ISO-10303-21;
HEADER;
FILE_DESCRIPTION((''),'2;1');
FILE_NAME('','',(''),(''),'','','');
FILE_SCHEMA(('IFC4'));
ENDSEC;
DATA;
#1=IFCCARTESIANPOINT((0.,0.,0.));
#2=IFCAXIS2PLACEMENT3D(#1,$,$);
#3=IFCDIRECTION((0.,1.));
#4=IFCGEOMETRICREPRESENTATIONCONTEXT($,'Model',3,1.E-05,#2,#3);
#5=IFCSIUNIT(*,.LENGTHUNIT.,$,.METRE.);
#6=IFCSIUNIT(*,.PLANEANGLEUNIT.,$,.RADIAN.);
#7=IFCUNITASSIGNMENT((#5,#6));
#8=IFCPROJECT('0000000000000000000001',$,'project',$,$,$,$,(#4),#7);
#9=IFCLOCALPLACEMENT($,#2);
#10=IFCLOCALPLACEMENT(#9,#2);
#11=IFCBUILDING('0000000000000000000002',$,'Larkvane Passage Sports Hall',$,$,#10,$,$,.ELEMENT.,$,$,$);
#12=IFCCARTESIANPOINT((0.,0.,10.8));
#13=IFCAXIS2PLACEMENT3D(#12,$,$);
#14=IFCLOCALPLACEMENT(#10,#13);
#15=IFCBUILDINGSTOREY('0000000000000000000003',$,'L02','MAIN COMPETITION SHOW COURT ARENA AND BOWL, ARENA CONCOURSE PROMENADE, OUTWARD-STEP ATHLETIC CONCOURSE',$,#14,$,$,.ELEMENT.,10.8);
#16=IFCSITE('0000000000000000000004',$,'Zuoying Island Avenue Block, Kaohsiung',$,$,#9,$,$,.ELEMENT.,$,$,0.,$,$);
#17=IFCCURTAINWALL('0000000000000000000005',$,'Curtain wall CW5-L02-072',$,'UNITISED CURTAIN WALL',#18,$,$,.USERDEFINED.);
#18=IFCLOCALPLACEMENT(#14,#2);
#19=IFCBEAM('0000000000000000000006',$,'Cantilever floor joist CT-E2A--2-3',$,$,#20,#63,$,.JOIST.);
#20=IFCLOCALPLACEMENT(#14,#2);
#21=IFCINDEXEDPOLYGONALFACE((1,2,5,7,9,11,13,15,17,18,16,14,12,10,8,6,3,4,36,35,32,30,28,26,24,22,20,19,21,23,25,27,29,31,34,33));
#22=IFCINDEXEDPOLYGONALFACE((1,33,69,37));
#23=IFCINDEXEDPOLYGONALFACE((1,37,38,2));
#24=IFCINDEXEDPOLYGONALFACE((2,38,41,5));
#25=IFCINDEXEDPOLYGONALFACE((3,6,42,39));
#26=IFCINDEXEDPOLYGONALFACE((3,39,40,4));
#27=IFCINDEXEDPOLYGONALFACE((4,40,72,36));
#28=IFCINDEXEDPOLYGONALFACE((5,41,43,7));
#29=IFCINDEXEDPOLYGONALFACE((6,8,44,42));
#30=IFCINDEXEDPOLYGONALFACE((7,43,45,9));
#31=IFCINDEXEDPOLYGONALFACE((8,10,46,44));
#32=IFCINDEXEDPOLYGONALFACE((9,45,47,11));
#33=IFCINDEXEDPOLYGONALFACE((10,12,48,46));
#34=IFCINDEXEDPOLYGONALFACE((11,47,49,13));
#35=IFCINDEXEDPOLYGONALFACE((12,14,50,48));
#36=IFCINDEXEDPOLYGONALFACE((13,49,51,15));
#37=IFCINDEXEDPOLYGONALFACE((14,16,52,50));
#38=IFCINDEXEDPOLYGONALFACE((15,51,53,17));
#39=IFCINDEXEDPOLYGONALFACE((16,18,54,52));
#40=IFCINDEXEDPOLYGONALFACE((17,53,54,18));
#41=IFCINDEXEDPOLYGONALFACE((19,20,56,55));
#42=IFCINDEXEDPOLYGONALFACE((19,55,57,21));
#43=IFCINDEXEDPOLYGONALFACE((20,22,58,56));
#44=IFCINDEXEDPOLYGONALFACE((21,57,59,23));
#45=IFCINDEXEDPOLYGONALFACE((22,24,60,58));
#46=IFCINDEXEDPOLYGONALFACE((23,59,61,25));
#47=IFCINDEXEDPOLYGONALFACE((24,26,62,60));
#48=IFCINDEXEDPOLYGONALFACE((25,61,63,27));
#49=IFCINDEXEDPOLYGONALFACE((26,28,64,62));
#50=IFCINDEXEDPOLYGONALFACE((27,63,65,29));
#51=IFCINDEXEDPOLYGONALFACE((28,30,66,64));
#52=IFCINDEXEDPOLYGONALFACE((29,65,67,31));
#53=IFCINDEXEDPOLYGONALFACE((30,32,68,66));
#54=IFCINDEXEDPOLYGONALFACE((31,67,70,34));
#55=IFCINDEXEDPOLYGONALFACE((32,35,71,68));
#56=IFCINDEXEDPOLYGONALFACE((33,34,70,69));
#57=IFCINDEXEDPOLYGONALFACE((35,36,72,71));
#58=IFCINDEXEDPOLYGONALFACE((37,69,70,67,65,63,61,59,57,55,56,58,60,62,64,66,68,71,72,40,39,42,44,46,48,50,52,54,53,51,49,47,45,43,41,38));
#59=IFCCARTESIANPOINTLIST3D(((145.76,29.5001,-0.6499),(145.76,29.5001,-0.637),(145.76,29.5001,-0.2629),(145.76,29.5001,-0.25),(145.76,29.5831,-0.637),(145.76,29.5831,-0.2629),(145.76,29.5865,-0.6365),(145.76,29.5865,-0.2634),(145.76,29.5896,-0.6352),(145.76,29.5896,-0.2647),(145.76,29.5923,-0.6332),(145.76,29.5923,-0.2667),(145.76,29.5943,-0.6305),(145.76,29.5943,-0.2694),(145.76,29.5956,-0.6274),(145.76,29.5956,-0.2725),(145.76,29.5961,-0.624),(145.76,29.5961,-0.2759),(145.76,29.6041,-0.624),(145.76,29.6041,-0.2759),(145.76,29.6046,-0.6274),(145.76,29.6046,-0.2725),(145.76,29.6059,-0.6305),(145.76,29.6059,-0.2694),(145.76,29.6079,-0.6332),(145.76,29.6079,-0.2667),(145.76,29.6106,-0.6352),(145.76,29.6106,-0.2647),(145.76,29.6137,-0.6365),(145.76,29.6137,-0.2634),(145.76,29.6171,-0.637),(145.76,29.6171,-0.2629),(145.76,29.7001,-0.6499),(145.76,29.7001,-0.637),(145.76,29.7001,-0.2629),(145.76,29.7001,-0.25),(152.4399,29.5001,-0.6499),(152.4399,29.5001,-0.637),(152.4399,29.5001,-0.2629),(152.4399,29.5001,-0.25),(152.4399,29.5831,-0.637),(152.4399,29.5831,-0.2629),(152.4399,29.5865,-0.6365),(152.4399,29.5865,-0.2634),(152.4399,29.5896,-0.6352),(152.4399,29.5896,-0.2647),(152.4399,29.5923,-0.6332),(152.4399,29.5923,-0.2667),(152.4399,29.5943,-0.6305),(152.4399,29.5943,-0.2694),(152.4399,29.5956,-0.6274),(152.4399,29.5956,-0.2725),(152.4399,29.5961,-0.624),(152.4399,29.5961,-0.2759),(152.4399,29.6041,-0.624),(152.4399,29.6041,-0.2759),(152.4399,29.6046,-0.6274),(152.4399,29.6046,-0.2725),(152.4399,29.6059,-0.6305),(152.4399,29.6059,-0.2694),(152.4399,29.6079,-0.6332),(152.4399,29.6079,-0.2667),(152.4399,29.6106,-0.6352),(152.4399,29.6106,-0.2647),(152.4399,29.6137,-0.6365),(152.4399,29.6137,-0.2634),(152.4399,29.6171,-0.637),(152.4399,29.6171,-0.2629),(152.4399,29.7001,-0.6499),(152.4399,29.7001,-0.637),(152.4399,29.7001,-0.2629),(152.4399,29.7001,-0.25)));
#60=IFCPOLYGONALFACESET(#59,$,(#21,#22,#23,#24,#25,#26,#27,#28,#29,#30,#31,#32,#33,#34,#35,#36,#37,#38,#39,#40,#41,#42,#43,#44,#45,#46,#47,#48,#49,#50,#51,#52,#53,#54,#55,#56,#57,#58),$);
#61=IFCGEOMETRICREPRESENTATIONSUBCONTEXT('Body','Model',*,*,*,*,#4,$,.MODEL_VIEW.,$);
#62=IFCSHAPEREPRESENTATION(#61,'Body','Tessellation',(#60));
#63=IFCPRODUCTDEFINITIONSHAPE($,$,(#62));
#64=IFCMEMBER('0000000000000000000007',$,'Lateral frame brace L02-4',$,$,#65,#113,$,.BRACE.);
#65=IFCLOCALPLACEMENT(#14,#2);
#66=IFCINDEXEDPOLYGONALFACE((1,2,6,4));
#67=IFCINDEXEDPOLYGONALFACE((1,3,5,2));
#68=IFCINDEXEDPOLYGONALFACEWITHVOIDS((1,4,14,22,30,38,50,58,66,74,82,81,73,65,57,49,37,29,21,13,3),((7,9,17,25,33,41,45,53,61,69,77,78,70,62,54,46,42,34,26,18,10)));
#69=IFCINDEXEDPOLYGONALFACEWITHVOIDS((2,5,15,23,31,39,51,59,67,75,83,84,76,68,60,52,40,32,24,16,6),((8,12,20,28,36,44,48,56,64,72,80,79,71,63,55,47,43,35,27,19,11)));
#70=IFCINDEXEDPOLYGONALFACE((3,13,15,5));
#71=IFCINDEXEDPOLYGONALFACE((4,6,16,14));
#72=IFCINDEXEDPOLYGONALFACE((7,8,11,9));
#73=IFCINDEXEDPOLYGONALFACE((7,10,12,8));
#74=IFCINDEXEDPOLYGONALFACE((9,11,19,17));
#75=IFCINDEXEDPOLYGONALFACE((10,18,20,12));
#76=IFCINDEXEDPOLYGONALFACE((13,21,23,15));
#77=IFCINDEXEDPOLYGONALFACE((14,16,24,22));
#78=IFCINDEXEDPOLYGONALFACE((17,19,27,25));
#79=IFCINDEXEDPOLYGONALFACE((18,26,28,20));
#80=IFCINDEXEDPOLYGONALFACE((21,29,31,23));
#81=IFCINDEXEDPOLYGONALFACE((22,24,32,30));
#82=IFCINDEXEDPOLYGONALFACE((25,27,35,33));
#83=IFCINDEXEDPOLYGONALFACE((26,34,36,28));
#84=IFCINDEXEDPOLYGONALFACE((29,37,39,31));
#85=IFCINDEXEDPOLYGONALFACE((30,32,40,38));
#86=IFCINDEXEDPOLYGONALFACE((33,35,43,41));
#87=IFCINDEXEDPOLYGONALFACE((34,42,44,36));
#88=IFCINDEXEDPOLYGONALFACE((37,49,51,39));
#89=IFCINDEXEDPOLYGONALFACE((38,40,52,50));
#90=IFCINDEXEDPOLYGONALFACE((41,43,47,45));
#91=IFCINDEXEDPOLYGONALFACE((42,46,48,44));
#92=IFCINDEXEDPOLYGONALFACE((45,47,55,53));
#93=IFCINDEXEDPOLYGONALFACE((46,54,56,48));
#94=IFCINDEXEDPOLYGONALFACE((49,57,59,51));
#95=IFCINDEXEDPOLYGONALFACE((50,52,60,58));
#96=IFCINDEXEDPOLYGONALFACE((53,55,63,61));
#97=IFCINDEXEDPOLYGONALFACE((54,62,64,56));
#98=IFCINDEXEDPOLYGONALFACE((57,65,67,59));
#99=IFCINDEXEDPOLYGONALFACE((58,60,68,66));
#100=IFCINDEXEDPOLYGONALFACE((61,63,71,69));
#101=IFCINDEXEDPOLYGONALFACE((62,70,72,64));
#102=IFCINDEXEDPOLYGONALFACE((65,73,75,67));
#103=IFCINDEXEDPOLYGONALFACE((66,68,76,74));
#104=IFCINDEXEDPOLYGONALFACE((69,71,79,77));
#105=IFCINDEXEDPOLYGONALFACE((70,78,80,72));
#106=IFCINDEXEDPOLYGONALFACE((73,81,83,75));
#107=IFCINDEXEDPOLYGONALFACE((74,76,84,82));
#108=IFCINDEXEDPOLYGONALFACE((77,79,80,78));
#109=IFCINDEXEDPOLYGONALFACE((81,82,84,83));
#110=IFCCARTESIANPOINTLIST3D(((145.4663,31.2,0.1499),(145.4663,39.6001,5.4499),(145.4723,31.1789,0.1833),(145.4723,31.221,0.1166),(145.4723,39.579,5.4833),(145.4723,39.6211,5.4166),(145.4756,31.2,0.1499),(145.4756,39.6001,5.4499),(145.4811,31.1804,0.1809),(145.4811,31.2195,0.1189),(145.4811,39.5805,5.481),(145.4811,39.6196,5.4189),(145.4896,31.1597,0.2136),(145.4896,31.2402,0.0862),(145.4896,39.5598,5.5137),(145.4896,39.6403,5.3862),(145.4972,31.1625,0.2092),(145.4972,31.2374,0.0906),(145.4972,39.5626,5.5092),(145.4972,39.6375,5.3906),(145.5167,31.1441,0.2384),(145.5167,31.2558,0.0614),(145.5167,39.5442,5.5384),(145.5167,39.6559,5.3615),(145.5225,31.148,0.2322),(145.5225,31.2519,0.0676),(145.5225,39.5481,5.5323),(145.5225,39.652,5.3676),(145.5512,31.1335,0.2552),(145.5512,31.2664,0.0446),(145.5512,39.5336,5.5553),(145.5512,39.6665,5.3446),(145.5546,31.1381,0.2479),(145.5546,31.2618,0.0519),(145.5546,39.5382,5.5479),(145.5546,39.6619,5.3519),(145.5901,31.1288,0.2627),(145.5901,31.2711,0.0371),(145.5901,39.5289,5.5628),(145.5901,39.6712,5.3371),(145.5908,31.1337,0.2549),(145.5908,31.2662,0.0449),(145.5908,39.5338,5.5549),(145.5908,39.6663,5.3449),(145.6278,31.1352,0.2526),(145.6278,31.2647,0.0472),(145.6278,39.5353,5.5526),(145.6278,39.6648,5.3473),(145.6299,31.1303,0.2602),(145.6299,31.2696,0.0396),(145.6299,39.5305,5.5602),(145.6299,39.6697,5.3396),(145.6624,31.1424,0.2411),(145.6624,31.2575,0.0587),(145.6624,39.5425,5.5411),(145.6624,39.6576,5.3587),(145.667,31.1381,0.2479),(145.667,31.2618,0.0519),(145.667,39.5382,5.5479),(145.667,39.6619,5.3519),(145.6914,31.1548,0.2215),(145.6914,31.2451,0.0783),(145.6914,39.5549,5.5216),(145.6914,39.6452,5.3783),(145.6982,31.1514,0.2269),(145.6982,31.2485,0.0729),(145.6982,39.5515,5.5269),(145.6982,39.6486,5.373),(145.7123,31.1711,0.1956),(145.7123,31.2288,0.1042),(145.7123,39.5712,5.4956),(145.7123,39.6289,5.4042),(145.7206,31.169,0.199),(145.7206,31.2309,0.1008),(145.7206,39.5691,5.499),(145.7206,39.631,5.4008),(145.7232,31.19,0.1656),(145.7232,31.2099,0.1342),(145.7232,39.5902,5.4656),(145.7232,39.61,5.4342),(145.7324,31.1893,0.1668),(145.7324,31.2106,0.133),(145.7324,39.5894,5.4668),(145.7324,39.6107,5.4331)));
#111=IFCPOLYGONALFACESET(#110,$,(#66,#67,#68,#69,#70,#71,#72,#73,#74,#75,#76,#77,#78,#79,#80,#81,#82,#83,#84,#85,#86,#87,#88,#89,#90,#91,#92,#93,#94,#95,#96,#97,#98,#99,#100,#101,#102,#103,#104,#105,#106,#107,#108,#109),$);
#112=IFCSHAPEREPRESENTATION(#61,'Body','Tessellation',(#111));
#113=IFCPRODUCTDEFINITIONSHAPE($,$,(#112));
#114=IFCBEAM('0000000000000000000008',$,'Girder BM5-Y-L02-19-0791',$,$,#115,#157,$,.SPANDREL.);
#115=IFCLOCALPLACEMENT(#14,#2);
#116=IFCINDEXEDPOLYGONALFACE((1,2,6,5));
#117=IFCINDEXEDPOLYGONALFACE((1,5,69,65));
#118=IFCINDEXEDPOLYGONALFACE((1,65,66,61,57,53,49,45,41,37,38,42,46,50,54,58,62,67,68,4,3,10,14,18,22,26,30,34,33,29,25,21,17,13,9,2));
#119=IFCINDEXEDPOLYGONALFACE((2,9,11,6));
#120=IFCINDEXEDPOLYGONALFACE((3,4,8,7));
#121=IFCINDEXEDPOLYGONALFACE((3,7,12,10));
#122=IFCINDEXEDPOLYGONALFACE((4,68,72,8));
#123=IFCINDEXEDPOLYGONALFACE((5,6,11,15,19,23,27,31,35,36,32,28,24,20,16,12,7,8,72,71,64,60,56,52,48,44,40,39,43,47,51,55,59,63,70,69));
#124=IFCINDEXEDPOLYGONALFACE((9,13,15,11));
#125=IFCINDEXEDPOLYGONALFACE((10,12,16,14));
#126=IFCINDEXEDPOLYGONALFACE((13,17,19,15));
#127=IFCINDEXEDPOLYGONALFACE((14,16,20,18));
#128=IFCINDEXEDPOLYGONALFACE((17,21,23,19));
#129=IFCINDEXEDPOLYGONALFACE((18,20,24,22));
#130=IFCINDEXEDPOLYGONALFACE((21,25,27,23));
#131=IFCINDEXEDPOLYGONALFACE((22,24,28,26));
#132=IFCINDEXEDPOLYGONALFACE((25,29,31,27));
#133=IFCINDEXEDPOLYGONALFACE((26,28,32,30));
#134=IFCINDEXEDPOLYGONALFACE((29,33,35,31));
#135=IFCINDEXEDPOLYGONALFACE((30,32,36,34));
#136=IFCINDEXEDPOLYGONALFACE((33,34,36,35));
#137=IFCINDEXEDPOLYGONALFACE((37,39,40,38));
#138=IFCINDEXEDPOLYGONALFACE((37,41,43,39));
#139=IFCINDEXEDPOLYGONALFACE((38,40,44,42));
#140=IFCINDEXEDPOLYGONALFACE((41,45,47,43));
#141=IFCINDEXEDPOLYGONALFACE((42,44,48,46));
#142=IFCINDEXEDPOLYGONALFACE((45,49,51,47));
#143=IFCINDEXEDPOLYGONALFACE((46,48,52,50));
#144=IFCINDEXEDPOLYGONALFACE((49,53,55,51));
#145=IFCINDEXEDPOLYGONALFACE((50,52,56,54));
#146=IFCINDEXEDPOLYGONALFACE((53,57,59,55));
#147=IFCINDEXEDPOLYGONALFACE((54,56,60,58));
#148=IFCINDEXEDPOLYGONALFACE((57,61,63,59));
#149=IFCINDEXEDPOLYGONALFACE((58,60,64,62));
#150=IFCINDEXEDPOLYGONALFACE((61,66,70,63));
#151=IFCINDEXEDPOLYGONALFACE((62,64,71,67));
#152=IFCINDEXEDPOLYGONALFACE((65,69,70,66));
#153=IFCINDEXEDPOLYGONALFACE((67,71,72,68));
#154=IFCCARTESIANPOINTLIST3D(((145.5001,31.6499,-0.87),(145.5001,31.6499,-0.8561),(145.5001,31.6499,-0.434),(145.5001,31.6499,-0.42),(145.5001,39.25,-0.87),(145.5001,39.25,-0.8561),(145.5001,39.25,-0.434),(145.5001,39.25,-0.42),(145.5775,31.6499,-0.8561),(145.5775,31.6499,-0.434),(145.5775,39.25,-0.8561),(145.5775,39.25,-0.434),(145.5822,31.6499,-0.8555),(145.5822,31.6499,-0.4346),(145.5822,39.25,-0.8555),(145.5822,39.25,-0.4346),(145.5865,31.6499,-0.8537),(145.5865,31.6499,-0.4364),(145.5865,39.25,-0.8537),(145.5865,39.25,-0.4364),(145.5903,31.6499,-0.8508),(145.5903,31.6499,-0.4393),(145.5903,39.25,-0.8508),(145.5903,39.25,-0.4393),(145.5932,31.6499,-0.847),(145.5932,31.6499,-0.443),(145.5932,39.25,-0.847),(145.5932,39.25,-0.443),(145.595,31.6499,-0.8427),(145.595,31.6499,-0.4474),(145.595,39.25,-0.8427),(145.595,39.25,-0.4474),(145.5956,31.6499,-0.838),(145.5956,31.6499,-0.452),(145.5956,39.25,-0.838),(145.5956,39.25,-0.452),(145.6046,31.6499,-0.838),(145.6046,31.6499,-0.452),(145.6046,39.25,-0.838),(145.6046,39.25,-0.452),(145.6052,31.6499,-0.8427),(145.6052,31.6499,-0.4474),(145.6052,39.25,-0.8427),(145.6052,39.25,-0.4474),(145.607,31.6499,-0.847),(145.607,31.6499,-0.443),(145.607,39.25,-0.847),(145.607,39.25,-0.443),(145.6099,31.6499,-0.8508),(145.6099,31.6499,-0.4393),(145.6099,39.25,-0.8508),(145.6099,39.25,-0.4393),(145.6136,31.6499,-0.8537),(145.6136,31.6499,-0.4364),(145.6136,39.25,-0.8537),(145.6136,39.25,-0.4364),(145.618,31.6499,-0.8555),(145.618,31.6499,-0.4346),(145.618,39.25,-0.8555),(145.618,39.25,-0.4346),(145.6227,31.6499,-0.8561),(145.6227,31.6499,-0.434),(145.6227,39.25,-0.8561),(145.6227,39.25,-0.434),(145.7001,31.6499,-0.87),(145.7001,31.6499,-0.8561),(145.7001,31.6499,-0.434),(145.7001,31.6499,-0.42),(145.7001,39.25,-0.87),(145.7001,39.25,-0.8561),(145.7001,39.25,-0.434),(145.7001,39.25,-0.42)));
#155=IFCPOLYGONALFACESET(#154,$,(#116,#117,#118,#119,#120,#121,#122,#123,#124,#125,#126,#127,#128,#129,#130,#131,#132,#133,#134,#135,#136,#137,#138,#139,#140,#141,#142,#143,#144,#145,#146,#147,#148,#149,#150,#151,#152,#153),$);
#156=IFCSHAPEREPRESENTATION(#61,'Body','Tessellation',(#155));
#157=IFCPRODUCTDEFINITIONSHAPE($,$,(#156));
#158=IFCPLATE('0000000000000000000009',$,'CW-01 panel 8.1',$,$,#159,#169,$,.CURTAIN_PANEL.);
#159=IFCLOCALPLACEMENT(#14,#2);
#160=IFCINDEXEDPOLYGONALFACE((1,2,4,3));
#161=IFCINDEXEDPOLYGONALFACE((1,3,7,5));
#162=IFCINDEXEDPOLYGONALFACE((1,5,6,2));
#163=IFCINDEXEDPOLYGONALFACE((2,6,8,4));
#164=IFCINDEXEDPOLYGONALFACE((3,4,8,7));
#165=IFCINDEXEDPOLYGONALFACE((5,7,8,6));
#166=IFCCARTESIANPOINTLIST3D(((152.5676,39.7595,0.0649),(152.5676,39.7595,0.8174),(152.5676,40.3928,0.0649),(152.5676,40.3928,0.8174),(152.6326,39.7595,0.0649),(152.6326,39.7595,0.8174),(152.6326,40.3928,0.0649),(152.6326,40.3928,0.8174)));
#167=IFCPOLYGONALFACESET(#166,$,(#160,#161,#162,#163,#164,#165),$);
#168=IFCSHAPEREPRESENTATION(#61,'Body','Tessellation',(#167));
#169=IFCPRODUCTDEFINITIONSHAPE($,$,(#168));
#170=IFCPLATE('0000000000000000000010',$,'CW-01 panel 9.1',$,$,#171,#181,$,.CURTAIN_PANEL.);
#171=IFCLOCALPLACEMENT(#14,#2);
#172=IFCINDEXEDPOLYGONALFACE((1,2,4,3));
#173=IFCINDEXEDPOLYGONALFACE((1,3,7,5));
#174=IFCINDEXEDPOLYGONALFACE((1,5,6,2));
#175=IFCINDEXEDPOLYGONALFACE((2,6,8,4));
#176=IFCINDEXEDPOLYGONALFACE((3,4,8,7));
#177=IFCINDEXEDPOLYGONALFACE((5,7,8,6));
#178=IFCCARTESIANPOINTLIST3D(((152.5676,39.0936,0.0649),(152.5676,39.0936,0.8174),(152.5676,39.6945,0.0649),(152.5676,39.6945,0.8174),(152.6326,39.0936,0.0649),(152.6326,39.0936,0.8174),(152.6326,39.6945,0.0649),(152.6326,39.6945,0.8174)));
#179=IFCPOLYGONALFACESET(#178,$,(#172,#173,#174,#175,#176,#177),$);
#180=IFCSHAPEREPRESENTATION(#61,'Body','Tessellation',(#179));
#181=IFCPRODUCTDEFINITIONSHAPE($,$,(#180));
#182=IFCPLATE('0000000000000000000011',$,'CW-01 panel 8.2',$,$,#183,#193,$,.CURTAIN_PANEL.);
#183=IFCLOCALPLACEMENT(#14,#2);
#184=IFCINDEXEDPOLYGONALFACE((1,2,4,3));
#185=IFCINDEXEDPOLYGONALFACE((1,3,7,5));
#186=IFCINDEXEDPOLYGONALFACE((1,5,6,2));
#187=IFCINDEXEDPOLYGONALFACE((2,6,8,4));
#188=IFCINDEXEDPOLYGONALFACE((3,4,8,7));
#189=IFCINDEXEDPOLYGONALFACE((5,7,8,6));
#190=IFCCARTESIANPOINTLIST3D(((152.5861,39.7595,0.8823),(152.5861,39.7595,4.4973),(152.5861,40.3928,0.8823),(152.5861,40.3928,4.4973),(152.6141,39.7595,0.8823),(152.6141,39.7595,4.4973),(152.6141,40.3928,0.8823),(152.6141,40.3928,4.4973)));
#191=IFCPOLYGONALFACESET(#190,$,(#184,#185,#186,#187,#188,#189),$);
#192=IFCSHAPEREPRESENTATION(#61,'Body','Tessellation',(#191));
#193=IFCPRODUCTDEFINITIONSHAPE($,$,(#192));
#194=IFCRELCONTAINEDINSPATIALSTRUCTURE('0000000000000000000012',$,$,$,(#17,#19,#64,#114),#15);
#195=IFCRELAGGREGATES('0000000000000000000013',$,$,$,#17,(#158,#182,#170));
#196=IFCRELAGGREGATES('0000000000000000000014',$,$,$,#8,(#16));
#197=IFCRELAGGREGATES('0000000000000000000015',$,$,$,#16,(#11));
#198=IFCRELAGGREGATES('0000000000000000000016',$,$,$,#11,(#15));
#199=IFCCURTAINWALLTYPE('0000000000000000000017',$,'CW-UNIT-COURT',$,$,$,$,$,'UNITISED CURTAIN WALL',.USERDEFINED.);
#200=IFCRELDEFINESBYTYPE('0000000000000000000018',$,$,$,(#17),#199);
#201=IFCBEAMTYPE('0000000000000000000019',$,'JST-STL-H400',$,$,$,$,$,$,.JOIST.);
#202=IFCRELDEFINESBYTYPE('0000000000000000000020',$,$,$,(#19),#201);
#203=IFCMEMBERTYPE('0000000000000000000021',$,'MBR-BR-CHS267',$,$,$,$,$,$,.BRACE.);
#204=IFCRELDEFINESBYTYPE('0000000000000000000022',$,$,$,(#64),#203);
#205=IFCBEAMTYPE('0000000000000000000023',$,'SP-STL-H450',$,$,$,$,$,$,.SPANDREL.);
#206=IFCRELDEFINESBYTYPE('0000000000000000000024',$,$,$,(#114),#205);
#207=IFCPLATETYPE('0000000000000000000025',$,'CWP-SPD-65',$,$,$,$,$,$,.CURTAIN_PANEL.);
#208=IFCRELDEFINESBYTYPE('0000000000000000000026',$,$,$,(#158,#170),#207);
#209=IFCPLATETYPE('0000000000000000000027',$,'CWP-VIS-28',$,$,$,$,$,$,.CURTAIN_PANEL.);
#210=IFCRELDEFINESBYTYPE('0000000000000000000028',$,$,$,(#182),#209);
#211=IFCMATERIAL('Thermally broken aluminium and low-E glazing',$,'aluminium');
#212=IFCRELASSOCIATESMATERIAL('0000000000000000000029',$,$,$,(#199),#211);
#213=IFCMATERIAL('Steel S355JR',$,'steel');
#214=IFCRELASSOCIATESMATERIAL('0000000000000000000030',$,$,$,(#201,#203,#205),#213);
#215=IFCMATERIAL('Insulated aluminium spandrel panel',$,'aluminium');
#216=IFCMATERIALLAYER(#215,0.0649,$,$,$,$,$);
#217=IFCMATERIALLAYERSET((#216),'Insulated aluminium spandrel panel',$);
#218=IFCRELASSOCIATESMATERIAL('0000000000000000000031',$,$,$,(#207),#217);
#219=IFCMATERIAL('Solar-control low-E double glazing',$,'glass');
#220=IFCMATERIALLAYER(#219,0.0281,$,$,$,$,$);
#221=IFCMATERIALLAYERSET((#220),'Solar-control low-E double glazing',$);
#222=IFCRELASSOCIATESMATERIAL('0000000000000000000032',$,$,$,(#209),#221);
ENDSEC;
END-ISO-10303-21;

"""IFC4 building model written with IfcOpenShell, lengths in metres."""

from ifc_helpers import new_model, si_unit, direction, frame, origin, origin_2d, place, context, subcontext, project, spatial, rectangle, hollow_circle, i_section, extrude, material, layer, layer_set, material_profile, profile_set, type_object, element, aggregate, save


model = new_model("IFC4")

# Units and contexts
model_context = context("Model", 3, precision=1e-05, world=origin(), true_north=direction((0.0, 1.0)))
body_context = subcontext(model_context, "Body", "Model", "MODEL_VIEW")
ifc_project = project(units=[si_unit("LENGTHUNIT", "METRE"), si_unit("PLANEANGLEUNIT", "RADIAN")], contexts=[model_context])

# Site, building, storey
site_placement = place(None, origin())
site = spatial("IfcSite", under=ifc_project, at=site_placement, Name="Zuoying Island Avenue Block, Kaohsiung", CompositionType="ELEMENT", RefElevation=0.0)
building_placement = place(site_placement, origin())
building = spatial("IfcBuilding", under=site, at=building_placement, Name="Larkvane Passage Sports Hall", CompositionType="ELEMENT")
storey_placement = place(building_placement, frame((0.0, 0.0, 10.8)))
storey = spatial("IfcBuildingStorey", under=building, at=storey_placement, Name="L02", Description="MAIN COMPETITION SHOW COURT ARENA AND BOWL, ARENA CONCOURSE PROMENADE, OUTWARD-STEP ATHLETIC CONCOURSE", CompositionType="ELEMENT", Elevation=10.8)

# Curtain wall
ifc_material_1 = material(Name="Thermally broken aluminium and low-E glazing", Category="aluminium")
curtain_wall_type = type_object("IfcCurtainWallType", Name="CW-UNIT-COURT", ElementType="UNITISED CURTAIN WALL", PredefinedType="USERDEFINED", material=ifc_material_1)
curtain_wall_placement = place(storey_placement, origin())
curtain_wall = element("IfcCurtainWall", 1, at=curtain_wall_placement, inside=storey, type_object=curtain_wall_type, Name="Curtain wall CW5-L02-072", ObjectType="UNITISED CURTAIN WALL", PredefinedType="USERDEFINED")

# Beam
ifc_material_2 = material(Name="Steel S355JR", Category="steel")
ifc_material_profile_1 = material_profile(ifc_material_2, i_section(OverallWidth=0.2, OverallDepth=0.3999, WebThickness=0.0081, FlangeThickness=0.0129, FilletRadius=0.0129, at=origin_2d()), Name="H-400x200x8x13")
ifc_profile_set_1 = profile_set([ifc_material_profile_1], Name="Steel S355JR")
beam_type_1 = type_object("IfcBeamType", Name="JST-STL-H400", PredefinedType="JOIST", material=ifc_profile_set_1)
beam_1_placement = place(storey_placement, frame((145.76, 29.6001, -0.45), z_axis=(1.0, 0.0, 0.0), x_axis=(0.0, 1.0, 0.0)))
element("IfcBeam", 2, at=beam_1_placement, inside=storey, type_object=beam_type_1, Name="Cantilever floor joist CT-E2A--2-3", PredefinedType="JOIST", context=body_context, shape_type="SweptSolid", body=[
    extrude(i_section(OverallWidth=0.2, OverallDepth=0.3999, WebThickness=0.0081, FlangeThickness=0.0129, FilletRadius=0.0129, at=origin_2d()), origin(), (0.0, 0.0, 1.0), 6.6799),
])

# Member
ifc_material_profile_2 = material_profile(ifc_material_2, hollow_circle(Radius=0.1338, WallThickness=0.0093, at=origin_2d()), Name="CHS-267.4x9.3")
ifc_profile_set_2 = profile_set([ifc_material_profile_2], Name="Steel S355JR")
member_type_1 = type_object("IfcMemberType", Name="MBR-BR-CHS267", PredefinedType="BRACE", material=ifc_profile_set_2)
member_1_placement = place(storey_placement, frame((145.6001, 31.2, 0.1499), z_axis=(0.0, 0.84573, 0.533611), x_axis=(-1.0, 0.0, 0.0)))
element("IfcMember", 3, at=member_1_placement, inside=storey, type_object=member_type_1, Name="Lateral frame brace L02-4", PredefinedType="BRACE", context=body_context, shape_type="SweptSolid", body=[
    extrude(hollow_circle(Radius=0.1338, WallThickness=0.0093, at=origin_2d()), origin(), (0.0, 0.0, 1.0), 9.9324),
])

# Beam
ifc_material_profile_3 = material_profile(ifc_material_2, i_section(OverallWidth=0.2, OverallDepth=0.45, WebThickness=0.009, FlangeThickness=0.0139, FilletRadius=0.0181, at=origin_2d()), Name="H-450x200x9x14")
ifc_profile_set_3 = profile_set([ifc_material_profile_3], Name="Steel S355JR")
beam_type_2 = type_object("IfcBeamType", Name="SP-STL-H450", PredefinedType="SPANDREL", material=ifc_profile_set_3)
beam_2_placement = place(storey_placement, frame((145.6001, 31.6499, -0.645), z_axis=(0.0, 1.0, 0.0), x_axis=(-1.0, 0.0, 0.0)))
element("IfcBeam", 4, at=beam_2_placement, inside=storey, type_object=beam_type_2, Name="Girder BM5-Y-L02-19-0791", PredefinedType="SPANDREL", context=body_context, shape_type="SweptSolid", body=[
    extrude(i_section(OverallWidth=0.2, OverallDepth=0.45, WebThickness=0.009, FlangeThickness=0.0139, FilletRadius=0.0181, at=origin_2d()), origin(), (0.0, 0.0, 1.0), 7.6001),
])

# Plates
ifc_material_3 = material(Name="Insulated aluminium spandrel panel", Category="aluminium")
ifc_layer_1 = layer(ifc_material_3, 0.0649)
ifc_layer_set_1 = layer_set([ifc_layer_1], Name="Insulated aluminium spandrel panel")
plate_type_1 = type_object("IfcPlateType", Name="CWP-SPD-65", PredefinedType="CURTAIN_PANEL", material=ifc_layer_set_1)
plate_1_placement = place(storey_placement, frame((152.6001, 40.0762, 0.0649), z_axis=(0.0, 0.0, 1.0), x_axis=(0.0, -1.0, 0.0)))
plate_1 = element("IfcPlate", 5, at=plate_1_placement, type_object=plate_type_1, Name="CW-01 panel 8.1", PredefinedType="CURTAIN_PANEL", context=body_context, shape_type="SweptSolid", body=[
    extrude(rectangle(XDim=0.6333, YDim=0.0649, at=origin_2d()), origin(), (0.0, 0.0, 1.0), 0.7524),
])
plate_2_placement = place(storey_placement, frame((152.6001, 39.394, 0.0649), z_axis=(0.0, 0.0, 1.0), x_axis=(0.0, -1.0, 0.0)))
plate_2 = element("IfcPlate", 6, at=plate_2_placement, type_object=plate_type_1, Name="CW-01 panel 9.1", PredefinedType="CURTAIN_PANEL", context=body_context, shape_type="SweptSolid", body=[
    extrude(rectangle(XDim=0.6008, YDim=0.0649, at=origin_2d()), origin(), (0.0, 0.0, 1.0), 0.7524),
])
ifc_material_4 = material(Name="Solar-control low-E double glazing", Category="glass")
ifc_layer_2 = layer(ifc_material_4, 0.0281)
ifc_layer_set_2 = layer_set([ifc_layer_2], Name="Solar-control low-E double glazing")
plate_type_2 = type_object("IfcPlateType", Name="CWP-VIS-28", PredefinedType="CURTAIN_PANEL", material=ifc_layer_set_2)
plate_3_placement = place(storey_placement, frame((152.6001, 40.0762, 0.8823), z_axis=(0.0, 0.0, 1.0), x_axis=(0.0, -1.0, 0.0)))
plate_3 = element("IfcPlate", 7, at=plate_3_placement, type_object=plate_type_2, Name="CW-01 panel 8.2", PredefinedType="CURTAIN_PANEL", context=body_context, shape_type="SweptSolid", body=[
    extrude(rectangle(XDim=0.6333, YDim=0.0281, at=origin_2d()), origin(), (0.0, 0.0, 1.0), 3.615),
])
aggregate(curtain_wall, [plate_1, plate_3, plate_2])

save(model, "model.ifc")
